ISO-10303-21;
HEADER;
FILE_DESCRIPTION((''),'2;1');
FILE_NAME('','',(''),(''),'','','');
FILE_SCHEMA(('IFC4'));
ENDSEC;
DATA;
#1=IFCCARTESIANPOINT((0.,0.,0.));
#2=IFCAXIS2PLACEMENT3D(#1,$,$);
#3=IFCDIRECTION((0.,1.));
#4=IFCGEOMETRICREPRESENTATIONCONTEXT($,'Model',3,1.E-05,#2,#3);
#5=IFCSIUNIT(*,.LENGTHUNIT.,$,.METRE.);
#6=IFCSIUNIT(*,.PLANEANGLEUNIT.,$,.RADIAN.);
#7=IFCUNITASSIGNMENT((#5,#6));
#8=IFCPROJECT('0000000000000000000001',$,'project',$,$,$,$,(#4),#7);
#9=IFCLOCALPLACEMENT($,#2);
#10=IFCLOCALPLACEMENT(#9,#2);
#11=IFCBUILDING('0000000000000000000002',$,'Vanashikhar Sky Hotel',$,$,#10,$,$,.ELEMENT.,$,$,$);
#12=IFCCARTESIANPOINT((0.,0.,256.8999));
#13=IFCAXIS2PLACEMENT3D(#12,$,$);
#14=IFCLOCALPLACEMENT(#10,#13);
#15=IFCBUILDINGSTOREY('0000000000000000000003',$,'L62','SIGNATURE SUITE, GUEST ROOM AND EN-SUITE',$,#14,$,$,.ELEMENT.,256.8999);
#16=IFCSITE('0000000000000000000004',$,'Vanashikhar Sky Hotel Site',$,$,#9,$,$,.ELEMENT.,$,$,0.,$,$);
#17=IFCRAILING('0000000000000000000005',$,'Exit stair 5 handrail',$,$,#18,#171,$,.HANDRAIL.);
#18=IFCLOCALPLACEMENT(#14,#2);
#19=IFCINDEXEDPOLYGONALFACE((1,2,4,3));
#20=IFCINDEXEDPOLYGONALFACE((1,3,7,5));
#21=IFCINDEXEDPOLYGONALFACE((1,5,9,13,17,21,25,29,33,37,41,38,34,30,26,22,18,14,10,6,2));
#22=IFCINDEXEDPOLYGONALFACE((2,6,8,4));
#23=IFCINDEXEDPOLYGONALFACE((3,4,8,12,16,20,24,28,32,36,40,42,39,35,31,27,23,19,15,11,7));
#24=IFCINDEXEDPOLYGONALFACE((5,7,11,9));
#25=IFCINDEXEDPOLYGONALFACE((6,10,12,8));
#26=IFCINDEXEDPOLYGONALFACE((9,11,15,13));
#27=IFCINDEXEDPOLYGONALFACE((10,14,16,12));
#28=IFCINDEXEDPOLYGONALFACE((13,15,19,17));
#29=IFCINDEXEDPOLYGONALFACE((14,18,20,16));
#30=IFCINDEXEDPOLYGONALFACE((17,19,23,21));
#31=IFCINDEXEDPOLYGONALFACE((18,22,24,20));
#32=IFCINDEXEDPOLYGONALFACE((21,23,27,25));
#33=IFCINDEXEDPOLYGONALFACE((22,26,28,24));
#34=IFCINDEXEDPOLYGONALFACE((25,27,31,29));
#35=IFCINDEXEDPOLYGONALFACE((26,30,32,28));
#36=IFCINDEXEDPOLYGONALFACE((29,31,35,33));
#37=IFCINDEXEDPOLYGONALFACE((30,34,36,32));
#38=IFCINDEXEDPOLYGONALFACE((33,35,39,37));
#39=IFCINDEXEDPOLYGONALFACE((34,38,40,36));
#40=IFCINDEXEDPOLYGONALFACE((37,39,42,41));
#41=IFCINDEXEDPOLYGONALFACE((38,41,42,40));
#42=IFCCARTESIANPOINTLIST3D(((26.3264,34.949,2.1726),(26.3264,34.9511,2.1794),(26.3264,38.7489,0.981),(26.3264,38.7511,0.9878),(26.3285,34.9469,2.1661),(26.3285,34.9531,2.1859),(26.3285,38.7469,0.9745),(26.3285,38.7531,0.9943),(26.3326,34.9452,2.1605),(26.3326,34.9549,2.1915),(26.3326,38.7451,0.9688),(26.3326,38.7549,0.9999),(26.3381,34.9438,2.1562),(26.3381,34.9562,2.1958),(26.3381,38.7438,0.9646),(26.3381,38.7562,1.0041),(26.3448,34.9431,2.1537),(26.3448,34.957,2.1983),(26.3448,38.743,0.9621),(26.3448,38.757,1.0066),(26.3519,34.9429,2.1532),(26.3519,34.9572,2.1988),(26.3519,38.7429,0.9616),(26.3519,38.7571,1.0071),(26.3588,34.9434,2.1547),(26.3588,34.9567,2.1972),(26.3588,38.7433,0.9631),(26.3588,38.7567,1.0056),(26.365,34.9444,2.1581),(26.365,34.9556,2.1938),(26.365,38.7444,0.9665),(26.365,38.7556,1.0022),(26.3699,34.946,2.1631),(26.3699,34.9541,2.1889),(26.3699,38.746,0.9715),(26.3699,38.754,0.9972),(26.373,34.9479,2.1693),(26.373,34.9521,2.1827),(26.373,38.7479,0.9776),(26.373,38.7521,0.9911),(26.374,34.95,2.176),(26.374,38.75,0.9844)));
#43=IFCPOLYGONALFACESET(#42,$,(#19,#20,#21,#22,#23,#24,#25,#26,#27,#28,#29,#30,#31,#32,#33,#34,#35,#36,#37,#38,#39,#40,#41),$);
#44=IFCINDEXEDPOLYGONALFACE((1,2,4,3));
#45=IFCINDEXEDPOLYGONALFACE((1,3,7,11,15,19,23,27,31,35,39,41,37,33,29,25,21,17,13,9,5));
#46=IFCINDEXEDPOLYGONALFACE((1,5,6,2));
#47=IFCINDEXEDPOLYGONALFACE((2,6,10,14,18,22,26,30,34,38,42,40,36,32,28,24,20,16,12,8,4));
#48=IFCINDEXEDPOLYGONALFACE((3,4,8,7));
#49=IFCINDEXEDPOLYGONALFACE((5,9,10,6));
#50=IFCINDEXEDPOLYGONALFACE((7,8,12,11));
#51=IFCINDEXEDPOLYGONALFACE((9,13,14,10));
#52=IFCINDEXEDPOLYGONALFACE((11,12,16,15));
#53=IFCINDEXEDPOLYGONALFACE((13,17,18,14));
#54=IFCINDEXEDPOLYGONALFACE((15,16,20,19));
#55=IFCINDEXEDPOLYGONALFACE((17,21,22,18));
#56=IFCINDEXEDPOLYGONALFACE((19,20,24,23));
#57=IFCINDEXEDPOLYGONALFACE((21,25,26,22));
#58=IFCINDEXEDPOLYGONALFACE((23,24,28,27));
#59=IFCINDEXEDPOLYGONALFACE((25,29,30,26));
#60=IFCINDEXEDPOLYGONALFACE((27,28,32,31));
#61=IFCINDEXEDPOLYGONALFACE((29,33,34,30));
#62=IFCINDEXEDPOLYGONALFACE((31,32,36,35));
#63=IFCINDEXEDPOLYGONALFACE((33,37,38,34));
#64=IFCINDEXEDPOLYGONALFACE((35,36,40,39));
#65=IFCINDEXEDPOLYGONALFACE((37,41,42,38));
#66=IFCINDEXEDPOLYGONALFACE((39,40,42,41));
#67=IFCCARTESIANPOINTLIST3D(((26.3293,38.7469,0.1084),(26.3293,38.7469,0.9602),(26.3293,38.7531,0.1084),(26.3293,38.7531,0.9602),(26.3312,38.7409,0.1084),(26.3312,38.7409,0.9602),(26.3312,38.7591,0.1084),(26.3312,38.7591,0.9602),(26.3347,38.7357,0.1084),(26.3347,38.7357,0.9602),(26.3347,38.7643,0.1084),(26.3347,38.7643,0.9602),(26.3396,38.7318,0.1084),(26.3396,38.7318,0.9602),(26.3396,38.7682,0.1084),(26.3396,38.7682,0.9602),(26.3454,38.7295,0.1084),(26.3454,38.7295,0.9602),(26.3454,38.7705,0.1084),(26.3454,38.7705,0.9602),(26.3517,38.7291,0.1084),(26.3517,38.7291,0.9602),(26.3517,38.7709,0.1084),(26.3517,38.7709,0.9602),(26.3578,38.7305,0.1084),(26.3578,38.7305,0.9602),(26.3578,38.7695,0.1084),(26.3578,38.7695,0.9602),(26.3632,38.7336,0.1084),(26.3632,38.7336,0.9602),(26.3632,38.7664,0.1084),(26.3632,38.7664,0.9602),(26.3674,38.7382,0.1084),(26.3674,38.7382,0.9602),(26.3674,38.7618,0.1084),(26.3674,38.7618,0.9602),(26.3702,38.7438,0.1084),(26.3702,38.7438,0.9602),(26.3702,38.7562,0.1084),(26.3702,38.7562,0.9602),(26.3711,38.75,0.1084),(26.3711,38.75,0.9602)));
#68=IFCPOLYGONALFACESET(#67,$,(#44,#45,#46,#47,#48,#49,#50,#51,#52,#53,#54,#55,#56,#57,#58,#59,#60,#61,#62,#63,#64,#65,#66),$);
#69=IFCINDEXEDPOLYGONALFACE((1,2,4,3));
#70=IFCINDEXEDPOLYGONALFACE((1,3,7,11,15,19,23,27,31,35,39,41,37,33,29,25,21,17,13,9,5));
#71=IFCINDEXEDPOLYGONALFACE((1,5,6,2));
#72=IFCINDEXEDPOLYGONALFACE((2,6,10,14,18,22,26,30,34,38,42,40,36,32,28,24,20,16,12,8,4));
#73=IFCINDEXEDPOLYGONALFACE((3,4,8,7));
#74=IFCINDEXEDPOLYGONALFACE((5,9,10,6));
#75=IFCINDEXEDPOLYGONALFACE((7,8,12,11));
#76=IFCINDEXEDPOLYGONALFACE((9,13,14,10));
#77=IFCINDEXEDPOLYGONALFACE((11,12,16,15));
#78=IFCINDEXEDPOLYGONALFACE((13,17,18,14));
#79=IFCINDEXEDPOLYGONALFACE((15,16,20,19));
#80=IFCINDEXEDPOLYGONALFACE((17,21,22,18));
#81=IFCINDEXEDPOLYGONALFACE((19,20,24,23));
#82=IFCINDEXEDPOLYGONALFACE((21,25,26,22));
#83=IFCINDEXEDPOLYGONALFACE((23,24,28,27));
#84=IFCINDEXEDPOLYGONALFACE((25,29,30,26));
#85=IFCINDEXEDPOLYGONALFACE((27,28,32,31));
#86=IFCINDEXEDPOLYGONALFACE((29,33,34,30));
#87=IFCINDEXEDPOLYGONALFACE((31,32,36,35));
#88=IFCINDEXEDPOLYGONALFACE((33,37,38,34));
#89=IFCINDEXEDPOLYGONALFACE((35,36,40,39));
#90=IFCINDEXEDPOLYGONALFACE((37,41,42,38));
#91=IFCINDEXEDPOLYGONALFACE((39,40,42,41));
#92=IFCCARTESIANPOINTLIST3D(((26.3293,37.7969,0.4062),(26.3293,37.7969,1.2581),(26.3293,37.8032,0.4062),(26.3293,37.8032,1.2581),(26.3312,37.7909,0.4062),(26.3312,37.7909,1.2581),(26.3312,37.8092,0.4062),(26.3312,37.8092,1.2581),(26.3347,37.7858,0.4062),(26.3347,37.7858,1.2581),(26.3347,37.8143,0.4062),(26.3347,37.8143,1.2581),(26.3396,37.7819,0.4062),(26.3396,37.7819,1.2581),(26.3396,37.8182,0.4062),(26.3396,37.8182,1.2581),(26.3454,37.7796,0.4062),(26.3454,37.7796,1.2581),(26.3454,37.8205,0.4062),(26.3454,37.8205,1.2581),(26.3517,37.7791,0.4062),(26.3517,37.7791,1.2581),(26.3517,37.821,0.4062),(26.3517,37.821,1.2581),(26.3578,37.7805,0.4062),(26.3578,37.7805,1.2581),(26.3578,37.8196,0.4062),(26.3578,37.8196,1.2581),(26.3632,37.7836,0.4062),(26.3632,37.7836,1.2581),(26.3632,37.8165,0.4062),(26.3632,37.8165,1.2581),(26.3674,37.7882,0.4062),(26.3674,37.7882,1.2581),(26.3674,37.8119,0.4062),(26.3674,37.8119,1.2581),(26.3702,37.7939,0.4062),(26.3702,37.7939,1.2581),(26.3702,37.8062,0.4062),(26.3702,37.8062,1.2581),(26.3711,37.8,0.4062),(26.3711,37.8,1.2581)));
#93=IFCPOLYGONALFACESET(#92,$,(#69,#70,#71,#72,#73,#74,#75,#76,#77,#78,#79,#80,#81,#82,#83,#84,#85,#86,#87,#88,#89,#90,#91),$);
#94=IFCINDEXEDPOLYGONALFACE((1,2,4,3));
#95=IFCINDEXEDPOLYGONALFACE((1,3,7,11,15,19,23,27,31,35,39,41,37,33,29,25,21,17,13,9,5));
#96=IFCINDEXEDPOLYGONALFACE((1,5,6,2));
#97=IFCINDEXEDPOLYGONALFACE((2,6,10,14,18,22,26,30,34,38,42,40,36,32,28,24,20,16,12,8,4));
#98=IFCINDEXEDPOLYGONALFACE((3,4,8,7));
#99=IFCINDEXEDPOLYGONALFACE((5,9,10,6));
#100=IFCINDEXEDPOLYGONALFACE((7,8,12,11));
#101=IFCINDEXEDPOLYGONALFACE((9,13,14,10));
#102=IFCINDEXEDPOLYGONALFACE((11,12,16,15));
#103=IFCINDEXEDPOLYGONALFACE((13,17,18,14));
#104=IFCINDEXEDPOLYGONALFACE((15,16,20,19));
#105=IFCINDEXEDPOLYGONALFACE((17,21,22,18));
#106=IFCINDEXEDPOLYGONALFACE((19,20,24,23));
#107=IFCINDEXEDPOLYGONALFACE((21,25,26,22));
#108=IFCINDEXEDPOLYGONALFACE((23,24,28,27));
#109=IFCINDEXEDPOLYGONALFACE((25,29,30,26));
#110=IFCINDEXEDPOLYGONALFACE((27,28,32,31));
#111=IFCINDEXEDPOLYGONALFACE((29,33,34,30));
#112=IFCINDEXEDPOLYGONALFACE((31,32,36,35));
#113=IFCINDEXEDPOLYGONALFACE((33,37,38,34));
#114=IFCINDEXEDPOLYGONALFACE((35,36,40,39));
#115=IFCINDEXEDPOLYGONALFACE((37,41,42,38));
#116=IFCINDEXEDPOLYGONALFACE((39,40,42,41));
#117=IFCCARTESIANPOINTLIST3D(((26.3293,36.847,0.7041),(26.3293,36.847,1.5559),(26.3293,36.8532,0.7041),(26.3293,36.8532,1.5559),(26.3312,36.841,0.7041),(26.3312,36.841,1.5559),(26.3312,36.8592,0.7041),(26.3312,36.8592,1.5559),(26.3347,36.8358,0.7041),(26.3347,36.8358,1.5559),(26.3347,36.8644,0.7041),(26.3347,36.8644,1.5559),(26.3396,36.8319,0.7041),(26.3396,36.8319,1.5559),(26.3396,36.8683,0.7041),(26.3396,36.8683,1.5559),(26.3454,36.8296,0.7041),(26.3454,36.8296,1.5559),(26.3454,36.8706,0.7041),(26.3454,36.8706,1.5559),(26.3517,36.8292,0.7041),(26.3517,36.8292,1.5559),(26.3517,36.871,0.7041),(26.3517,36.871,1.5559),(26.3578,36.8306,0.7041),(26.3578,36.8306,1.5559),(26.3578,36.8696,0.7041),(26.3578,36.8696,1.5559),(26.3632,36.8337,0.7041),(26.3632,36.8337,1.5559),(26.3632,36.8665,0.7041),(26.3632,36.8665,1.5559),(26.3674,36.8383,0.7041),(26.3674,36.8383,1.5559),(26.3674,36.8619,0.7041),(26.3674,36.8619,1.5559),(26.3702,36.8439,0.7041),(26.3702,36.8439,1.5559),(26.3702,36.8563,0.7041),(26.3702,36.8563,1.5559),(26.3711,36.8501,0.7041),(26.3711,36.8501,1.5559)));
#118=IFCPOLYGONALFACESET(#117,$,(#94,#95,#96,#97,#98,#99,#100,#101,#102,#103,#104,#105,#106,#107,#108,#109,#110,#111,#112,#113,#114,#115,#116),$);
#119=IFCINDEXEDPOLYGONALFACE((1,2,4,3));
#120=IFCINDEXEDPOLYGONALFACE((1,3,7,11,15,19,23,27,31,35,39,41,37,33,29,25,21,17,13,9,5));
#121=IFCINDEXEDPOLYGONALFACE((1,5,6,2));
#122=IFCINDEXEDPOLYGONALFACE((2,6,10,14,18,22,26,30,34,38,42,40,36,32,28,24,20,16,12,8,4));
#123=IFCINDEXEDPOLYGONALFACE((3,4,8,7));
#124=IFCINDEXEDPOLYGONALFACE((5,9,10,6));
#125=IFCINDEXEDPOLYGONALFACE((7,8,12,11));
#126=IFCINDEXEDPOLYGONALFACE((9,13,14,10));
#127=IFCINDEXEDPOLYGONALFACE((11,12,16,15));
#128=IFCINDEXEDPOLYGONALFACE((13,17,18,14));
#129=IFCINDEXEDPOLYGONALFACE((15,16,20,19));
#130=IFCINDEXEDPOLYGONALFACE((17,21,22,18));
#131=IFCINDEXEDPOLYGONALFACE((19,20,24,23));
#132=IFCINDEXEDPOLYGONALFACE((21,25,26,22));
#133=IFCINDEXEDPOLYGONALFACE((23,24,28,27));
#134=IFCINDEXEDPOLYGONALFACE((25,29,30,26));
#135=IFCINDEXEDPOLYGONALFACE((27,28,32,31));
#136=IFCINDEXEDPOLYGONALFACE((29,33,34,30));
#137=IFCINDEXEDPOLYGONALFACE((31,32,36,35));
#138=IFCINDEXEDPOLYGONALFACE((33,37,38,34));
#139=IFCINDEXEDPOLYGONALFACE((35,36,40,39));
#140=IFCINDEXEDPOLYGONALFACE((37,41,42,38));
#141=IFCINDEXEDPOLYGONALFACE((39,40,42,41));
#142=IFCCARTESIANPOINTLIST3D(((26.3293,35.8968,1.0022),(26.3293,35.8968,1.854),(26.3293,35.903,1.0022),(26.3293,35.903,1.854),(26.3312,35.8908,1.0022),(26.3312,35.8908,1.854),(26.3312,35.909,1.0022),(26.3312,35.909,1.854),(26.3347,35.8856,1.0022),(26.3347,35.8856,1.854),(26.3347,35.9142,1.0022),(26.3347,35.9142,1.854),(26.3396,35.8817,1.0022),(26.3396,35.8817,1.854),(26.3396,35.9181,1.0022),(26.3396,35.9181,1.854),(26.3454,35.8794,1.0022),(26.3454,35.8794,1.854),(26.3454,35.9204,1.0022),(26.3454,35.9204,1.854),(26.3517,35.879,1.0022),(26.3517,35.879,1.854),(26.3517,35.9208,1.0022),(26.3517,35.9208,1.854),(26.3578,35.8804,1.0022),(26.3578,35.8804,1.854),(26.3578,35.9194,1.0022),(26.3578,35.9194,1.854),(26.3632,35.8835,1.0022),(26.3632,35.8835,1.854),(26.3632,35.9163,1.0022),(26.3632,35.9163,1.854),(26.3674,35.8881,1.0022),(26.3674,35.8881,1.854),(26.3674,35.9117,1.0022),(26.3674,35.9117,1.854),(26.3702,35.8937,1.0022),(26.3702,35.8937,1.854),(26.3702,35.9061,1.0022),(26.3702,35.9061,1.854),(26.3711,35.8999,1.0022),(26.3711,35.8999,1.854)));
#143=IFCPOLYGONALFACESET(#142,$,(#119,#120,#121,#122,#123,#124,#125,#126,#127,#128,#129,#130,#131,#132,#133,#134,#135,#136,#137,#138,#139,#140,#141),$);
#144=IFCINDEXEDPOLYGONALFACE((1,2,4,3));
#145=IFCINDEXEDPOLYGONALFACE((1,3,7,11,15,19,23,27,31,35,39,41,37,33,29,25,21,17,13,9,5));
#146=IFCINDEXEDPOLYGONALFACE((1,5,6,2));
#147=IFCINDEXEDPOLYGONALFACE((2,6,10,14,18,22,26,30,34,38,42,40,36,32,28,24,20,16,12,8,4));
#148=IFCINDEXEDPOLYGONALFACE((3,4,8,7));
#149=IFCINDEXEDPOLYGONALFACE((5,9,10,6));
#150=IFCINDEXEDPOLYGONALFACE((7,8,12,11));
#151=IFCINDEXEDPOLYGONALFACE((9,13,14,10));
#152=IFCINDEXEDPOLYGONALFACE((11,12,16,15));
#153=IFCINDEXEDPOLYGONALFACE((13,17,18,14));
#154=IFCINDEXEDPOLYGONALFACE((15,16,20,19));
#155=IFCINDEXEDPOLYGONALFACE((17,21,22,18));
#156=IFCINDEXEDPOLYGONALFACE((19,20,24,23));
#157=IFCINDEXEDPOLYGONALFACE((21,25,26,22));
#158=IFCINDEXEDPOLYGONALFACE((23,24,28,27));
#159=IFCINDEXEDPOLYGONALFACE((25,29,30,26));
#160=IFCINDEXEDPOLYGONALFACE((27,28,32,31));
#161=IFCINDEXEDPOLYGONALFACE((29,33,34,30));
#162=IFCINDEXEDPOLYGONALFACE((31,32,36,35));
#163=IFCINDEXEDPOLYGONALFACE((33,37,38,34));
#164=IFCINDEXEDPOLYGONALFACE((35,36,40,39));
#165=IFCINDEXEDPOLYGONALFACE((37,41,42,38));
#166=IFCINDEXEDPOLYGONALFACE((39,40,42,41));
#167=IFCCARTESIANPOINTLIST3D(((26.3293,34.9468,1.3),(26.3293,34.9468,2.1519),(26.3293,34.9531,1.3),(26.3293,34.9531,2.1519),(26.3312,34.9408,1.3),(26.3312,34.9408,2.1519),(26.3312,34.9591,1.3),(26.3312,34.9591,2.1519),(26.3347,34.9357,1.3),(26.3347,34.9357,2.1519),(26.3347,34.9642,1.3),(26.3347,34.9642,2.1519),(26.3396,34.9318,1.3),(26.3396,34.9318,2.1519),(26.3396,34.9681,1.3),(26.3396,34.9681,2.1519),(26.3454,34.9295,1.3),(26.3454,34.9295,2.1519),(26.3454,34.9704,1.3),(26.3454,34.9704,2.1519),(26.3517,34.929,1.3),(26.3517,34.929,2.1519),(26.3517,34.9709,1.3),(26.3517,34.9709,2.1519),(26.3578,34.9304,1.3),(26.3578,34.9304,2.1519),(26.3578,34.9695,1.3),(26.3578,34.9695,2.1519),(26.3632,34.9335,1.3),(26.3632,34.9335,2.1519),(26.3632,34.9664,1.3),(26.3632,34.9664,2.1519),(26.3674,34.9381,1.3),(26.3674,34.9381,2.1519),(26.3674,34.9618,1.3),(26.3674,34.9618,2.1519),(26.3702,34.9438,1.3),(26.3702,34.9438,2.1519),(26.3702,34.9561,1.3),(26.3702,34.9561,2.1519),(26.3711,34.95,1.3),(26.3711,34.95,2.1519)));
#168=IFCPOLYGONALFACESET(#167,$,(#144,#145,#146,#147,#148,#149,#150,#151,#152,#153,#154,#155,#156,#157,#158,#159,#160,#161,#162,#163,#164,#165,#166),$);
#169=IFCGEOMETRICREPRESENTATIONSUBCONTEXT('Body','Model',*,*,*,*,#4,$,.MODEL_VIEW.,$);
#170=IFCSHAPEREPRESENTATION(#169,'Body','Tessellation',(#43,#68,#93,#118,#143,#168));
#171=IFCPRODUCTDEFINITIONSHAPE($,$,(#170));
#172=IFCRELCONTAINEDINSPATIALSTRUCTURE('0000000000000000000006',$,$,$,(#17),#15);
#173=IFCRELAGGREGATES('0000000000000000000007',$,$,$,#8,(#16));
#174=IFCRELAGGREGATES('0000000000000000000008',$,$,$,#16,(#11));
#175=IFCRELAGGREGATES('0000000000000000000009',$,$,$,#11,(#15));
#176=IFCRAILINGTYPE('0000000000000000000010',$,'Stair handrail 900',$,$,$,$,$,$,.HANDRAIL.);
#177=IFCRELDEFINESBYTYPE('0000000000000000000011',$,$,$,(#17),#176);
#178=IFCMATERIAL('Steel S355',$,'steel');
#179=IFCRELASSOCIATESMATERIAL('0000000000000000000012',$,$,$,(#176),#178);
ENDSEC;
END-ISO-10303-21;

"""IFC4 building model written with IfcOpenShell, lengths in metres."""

from ifc_helpers import new_model, si_unit, direction, frame, origin, origin_2d, place, context, subcontext, project, spatial, circle, extrude, source, transform, mapped, material, type_object, element, save


model = new_model("IFC4")

# Units and contexts
model_context = context("Model", 3, precision=1e-05, world=origin(), true_north=direction((0.0, 1.0)))
body_context = subcontext(model_context, "Body", "Model", "MODEL_VIEW")
ifc_project = project(units=[si_unit("LENGTHUNIT", "METRE"), si_unit("PLANEANGLEUNIT", "RADIAN")], contexts=[model_context])

# Site, building, storey
site_placement = place(None, origin())
site = spatial("IfcSite", under=ifc_project, at=site_placement, Name="Vanashikhar Sky Hotel Site", CompositionType="ELEMENT", RefElevation=0.0)
building_placement = place(site_placement, origin())
building = spatial("IfcBuilding", under=site, at=building_placement, Name="Vanashikhar Sky Hotel", CompositionType="ELEMENT")
storey_placement = place(building_placement, frame((0.0, 0.0, 256.8999)))
storey = spatial("IfcBuildingStorey", under=building, at=storey_placement, Name="L62", Description="SIGNATURE SUITE, GUEST ROOM AND EN-SUITE", CompositionType="ELEMENT", Elevation=256.8999)

# Railing
ifc_material_1 = material(Name="Steel S355", Category="steel")
railing_type_1 = type_object("IfcRailingType", Name="Stair handrail 900", PredefinedType="HANDRAIL", material=ifc_material_1)
shared_shape_1 = source(origin(), body_context, "Body", "SweptSolid", [
    extrude(circle(Radius=0.0239, at=origin_2d()), frame((0.0, 0.0, 0.876), z_axis=(0.0, -0.954184, 0.299221), x_axis=(1.0, 0.0, 0.0)), (0.0, 0.0, 1.0), 3.9824),
    extrude(circle(Radius=0.021, at=origin_2d()), origin(), (0.0, 0.0, 1.0), 0.8518),
    extrude(circle(Radius=0.021, at=origin_2d()), frame((0.0, -0.95, 0.2979)), (0.0, 0.0, 1.0), 0.8518),
    extrude(circle(Radius=0.021, at=origin_2d()), frame((0.0, -1.8999, 0.5957)), (0.0, 0.0, 1.0), 0.8518),
    extrude(circle(Radius=0.021, at=origin_2d()), frame((0.0, -2.8501, 0.8938)), (0.0, 0.0, 1.0), 0.8518),
    extrude(circle(Radius=0.021, at=origin_2d()), frame((0.0, -3.8, 1.1917)), (0.0, 0.0, 1.0), 0.8518),
])
for number, where, name in (
    (1, (26.3501, 38.75, 0.1084), "Exit stair 5 handrail"),
):
    element("IfcRailing", number, at=place(storey_placement, frame(where)), inside=storey, type_object=railing_type_1, Name=name, PredefinedType="HANDRAIL", context=body_context, shape_type="MappedRepresentation", body=[
        mapped(shared_shape_1, transform((0.0, 0.0, 0.0), scale=1.0)),
    ])

save(model, "model.ifc")
